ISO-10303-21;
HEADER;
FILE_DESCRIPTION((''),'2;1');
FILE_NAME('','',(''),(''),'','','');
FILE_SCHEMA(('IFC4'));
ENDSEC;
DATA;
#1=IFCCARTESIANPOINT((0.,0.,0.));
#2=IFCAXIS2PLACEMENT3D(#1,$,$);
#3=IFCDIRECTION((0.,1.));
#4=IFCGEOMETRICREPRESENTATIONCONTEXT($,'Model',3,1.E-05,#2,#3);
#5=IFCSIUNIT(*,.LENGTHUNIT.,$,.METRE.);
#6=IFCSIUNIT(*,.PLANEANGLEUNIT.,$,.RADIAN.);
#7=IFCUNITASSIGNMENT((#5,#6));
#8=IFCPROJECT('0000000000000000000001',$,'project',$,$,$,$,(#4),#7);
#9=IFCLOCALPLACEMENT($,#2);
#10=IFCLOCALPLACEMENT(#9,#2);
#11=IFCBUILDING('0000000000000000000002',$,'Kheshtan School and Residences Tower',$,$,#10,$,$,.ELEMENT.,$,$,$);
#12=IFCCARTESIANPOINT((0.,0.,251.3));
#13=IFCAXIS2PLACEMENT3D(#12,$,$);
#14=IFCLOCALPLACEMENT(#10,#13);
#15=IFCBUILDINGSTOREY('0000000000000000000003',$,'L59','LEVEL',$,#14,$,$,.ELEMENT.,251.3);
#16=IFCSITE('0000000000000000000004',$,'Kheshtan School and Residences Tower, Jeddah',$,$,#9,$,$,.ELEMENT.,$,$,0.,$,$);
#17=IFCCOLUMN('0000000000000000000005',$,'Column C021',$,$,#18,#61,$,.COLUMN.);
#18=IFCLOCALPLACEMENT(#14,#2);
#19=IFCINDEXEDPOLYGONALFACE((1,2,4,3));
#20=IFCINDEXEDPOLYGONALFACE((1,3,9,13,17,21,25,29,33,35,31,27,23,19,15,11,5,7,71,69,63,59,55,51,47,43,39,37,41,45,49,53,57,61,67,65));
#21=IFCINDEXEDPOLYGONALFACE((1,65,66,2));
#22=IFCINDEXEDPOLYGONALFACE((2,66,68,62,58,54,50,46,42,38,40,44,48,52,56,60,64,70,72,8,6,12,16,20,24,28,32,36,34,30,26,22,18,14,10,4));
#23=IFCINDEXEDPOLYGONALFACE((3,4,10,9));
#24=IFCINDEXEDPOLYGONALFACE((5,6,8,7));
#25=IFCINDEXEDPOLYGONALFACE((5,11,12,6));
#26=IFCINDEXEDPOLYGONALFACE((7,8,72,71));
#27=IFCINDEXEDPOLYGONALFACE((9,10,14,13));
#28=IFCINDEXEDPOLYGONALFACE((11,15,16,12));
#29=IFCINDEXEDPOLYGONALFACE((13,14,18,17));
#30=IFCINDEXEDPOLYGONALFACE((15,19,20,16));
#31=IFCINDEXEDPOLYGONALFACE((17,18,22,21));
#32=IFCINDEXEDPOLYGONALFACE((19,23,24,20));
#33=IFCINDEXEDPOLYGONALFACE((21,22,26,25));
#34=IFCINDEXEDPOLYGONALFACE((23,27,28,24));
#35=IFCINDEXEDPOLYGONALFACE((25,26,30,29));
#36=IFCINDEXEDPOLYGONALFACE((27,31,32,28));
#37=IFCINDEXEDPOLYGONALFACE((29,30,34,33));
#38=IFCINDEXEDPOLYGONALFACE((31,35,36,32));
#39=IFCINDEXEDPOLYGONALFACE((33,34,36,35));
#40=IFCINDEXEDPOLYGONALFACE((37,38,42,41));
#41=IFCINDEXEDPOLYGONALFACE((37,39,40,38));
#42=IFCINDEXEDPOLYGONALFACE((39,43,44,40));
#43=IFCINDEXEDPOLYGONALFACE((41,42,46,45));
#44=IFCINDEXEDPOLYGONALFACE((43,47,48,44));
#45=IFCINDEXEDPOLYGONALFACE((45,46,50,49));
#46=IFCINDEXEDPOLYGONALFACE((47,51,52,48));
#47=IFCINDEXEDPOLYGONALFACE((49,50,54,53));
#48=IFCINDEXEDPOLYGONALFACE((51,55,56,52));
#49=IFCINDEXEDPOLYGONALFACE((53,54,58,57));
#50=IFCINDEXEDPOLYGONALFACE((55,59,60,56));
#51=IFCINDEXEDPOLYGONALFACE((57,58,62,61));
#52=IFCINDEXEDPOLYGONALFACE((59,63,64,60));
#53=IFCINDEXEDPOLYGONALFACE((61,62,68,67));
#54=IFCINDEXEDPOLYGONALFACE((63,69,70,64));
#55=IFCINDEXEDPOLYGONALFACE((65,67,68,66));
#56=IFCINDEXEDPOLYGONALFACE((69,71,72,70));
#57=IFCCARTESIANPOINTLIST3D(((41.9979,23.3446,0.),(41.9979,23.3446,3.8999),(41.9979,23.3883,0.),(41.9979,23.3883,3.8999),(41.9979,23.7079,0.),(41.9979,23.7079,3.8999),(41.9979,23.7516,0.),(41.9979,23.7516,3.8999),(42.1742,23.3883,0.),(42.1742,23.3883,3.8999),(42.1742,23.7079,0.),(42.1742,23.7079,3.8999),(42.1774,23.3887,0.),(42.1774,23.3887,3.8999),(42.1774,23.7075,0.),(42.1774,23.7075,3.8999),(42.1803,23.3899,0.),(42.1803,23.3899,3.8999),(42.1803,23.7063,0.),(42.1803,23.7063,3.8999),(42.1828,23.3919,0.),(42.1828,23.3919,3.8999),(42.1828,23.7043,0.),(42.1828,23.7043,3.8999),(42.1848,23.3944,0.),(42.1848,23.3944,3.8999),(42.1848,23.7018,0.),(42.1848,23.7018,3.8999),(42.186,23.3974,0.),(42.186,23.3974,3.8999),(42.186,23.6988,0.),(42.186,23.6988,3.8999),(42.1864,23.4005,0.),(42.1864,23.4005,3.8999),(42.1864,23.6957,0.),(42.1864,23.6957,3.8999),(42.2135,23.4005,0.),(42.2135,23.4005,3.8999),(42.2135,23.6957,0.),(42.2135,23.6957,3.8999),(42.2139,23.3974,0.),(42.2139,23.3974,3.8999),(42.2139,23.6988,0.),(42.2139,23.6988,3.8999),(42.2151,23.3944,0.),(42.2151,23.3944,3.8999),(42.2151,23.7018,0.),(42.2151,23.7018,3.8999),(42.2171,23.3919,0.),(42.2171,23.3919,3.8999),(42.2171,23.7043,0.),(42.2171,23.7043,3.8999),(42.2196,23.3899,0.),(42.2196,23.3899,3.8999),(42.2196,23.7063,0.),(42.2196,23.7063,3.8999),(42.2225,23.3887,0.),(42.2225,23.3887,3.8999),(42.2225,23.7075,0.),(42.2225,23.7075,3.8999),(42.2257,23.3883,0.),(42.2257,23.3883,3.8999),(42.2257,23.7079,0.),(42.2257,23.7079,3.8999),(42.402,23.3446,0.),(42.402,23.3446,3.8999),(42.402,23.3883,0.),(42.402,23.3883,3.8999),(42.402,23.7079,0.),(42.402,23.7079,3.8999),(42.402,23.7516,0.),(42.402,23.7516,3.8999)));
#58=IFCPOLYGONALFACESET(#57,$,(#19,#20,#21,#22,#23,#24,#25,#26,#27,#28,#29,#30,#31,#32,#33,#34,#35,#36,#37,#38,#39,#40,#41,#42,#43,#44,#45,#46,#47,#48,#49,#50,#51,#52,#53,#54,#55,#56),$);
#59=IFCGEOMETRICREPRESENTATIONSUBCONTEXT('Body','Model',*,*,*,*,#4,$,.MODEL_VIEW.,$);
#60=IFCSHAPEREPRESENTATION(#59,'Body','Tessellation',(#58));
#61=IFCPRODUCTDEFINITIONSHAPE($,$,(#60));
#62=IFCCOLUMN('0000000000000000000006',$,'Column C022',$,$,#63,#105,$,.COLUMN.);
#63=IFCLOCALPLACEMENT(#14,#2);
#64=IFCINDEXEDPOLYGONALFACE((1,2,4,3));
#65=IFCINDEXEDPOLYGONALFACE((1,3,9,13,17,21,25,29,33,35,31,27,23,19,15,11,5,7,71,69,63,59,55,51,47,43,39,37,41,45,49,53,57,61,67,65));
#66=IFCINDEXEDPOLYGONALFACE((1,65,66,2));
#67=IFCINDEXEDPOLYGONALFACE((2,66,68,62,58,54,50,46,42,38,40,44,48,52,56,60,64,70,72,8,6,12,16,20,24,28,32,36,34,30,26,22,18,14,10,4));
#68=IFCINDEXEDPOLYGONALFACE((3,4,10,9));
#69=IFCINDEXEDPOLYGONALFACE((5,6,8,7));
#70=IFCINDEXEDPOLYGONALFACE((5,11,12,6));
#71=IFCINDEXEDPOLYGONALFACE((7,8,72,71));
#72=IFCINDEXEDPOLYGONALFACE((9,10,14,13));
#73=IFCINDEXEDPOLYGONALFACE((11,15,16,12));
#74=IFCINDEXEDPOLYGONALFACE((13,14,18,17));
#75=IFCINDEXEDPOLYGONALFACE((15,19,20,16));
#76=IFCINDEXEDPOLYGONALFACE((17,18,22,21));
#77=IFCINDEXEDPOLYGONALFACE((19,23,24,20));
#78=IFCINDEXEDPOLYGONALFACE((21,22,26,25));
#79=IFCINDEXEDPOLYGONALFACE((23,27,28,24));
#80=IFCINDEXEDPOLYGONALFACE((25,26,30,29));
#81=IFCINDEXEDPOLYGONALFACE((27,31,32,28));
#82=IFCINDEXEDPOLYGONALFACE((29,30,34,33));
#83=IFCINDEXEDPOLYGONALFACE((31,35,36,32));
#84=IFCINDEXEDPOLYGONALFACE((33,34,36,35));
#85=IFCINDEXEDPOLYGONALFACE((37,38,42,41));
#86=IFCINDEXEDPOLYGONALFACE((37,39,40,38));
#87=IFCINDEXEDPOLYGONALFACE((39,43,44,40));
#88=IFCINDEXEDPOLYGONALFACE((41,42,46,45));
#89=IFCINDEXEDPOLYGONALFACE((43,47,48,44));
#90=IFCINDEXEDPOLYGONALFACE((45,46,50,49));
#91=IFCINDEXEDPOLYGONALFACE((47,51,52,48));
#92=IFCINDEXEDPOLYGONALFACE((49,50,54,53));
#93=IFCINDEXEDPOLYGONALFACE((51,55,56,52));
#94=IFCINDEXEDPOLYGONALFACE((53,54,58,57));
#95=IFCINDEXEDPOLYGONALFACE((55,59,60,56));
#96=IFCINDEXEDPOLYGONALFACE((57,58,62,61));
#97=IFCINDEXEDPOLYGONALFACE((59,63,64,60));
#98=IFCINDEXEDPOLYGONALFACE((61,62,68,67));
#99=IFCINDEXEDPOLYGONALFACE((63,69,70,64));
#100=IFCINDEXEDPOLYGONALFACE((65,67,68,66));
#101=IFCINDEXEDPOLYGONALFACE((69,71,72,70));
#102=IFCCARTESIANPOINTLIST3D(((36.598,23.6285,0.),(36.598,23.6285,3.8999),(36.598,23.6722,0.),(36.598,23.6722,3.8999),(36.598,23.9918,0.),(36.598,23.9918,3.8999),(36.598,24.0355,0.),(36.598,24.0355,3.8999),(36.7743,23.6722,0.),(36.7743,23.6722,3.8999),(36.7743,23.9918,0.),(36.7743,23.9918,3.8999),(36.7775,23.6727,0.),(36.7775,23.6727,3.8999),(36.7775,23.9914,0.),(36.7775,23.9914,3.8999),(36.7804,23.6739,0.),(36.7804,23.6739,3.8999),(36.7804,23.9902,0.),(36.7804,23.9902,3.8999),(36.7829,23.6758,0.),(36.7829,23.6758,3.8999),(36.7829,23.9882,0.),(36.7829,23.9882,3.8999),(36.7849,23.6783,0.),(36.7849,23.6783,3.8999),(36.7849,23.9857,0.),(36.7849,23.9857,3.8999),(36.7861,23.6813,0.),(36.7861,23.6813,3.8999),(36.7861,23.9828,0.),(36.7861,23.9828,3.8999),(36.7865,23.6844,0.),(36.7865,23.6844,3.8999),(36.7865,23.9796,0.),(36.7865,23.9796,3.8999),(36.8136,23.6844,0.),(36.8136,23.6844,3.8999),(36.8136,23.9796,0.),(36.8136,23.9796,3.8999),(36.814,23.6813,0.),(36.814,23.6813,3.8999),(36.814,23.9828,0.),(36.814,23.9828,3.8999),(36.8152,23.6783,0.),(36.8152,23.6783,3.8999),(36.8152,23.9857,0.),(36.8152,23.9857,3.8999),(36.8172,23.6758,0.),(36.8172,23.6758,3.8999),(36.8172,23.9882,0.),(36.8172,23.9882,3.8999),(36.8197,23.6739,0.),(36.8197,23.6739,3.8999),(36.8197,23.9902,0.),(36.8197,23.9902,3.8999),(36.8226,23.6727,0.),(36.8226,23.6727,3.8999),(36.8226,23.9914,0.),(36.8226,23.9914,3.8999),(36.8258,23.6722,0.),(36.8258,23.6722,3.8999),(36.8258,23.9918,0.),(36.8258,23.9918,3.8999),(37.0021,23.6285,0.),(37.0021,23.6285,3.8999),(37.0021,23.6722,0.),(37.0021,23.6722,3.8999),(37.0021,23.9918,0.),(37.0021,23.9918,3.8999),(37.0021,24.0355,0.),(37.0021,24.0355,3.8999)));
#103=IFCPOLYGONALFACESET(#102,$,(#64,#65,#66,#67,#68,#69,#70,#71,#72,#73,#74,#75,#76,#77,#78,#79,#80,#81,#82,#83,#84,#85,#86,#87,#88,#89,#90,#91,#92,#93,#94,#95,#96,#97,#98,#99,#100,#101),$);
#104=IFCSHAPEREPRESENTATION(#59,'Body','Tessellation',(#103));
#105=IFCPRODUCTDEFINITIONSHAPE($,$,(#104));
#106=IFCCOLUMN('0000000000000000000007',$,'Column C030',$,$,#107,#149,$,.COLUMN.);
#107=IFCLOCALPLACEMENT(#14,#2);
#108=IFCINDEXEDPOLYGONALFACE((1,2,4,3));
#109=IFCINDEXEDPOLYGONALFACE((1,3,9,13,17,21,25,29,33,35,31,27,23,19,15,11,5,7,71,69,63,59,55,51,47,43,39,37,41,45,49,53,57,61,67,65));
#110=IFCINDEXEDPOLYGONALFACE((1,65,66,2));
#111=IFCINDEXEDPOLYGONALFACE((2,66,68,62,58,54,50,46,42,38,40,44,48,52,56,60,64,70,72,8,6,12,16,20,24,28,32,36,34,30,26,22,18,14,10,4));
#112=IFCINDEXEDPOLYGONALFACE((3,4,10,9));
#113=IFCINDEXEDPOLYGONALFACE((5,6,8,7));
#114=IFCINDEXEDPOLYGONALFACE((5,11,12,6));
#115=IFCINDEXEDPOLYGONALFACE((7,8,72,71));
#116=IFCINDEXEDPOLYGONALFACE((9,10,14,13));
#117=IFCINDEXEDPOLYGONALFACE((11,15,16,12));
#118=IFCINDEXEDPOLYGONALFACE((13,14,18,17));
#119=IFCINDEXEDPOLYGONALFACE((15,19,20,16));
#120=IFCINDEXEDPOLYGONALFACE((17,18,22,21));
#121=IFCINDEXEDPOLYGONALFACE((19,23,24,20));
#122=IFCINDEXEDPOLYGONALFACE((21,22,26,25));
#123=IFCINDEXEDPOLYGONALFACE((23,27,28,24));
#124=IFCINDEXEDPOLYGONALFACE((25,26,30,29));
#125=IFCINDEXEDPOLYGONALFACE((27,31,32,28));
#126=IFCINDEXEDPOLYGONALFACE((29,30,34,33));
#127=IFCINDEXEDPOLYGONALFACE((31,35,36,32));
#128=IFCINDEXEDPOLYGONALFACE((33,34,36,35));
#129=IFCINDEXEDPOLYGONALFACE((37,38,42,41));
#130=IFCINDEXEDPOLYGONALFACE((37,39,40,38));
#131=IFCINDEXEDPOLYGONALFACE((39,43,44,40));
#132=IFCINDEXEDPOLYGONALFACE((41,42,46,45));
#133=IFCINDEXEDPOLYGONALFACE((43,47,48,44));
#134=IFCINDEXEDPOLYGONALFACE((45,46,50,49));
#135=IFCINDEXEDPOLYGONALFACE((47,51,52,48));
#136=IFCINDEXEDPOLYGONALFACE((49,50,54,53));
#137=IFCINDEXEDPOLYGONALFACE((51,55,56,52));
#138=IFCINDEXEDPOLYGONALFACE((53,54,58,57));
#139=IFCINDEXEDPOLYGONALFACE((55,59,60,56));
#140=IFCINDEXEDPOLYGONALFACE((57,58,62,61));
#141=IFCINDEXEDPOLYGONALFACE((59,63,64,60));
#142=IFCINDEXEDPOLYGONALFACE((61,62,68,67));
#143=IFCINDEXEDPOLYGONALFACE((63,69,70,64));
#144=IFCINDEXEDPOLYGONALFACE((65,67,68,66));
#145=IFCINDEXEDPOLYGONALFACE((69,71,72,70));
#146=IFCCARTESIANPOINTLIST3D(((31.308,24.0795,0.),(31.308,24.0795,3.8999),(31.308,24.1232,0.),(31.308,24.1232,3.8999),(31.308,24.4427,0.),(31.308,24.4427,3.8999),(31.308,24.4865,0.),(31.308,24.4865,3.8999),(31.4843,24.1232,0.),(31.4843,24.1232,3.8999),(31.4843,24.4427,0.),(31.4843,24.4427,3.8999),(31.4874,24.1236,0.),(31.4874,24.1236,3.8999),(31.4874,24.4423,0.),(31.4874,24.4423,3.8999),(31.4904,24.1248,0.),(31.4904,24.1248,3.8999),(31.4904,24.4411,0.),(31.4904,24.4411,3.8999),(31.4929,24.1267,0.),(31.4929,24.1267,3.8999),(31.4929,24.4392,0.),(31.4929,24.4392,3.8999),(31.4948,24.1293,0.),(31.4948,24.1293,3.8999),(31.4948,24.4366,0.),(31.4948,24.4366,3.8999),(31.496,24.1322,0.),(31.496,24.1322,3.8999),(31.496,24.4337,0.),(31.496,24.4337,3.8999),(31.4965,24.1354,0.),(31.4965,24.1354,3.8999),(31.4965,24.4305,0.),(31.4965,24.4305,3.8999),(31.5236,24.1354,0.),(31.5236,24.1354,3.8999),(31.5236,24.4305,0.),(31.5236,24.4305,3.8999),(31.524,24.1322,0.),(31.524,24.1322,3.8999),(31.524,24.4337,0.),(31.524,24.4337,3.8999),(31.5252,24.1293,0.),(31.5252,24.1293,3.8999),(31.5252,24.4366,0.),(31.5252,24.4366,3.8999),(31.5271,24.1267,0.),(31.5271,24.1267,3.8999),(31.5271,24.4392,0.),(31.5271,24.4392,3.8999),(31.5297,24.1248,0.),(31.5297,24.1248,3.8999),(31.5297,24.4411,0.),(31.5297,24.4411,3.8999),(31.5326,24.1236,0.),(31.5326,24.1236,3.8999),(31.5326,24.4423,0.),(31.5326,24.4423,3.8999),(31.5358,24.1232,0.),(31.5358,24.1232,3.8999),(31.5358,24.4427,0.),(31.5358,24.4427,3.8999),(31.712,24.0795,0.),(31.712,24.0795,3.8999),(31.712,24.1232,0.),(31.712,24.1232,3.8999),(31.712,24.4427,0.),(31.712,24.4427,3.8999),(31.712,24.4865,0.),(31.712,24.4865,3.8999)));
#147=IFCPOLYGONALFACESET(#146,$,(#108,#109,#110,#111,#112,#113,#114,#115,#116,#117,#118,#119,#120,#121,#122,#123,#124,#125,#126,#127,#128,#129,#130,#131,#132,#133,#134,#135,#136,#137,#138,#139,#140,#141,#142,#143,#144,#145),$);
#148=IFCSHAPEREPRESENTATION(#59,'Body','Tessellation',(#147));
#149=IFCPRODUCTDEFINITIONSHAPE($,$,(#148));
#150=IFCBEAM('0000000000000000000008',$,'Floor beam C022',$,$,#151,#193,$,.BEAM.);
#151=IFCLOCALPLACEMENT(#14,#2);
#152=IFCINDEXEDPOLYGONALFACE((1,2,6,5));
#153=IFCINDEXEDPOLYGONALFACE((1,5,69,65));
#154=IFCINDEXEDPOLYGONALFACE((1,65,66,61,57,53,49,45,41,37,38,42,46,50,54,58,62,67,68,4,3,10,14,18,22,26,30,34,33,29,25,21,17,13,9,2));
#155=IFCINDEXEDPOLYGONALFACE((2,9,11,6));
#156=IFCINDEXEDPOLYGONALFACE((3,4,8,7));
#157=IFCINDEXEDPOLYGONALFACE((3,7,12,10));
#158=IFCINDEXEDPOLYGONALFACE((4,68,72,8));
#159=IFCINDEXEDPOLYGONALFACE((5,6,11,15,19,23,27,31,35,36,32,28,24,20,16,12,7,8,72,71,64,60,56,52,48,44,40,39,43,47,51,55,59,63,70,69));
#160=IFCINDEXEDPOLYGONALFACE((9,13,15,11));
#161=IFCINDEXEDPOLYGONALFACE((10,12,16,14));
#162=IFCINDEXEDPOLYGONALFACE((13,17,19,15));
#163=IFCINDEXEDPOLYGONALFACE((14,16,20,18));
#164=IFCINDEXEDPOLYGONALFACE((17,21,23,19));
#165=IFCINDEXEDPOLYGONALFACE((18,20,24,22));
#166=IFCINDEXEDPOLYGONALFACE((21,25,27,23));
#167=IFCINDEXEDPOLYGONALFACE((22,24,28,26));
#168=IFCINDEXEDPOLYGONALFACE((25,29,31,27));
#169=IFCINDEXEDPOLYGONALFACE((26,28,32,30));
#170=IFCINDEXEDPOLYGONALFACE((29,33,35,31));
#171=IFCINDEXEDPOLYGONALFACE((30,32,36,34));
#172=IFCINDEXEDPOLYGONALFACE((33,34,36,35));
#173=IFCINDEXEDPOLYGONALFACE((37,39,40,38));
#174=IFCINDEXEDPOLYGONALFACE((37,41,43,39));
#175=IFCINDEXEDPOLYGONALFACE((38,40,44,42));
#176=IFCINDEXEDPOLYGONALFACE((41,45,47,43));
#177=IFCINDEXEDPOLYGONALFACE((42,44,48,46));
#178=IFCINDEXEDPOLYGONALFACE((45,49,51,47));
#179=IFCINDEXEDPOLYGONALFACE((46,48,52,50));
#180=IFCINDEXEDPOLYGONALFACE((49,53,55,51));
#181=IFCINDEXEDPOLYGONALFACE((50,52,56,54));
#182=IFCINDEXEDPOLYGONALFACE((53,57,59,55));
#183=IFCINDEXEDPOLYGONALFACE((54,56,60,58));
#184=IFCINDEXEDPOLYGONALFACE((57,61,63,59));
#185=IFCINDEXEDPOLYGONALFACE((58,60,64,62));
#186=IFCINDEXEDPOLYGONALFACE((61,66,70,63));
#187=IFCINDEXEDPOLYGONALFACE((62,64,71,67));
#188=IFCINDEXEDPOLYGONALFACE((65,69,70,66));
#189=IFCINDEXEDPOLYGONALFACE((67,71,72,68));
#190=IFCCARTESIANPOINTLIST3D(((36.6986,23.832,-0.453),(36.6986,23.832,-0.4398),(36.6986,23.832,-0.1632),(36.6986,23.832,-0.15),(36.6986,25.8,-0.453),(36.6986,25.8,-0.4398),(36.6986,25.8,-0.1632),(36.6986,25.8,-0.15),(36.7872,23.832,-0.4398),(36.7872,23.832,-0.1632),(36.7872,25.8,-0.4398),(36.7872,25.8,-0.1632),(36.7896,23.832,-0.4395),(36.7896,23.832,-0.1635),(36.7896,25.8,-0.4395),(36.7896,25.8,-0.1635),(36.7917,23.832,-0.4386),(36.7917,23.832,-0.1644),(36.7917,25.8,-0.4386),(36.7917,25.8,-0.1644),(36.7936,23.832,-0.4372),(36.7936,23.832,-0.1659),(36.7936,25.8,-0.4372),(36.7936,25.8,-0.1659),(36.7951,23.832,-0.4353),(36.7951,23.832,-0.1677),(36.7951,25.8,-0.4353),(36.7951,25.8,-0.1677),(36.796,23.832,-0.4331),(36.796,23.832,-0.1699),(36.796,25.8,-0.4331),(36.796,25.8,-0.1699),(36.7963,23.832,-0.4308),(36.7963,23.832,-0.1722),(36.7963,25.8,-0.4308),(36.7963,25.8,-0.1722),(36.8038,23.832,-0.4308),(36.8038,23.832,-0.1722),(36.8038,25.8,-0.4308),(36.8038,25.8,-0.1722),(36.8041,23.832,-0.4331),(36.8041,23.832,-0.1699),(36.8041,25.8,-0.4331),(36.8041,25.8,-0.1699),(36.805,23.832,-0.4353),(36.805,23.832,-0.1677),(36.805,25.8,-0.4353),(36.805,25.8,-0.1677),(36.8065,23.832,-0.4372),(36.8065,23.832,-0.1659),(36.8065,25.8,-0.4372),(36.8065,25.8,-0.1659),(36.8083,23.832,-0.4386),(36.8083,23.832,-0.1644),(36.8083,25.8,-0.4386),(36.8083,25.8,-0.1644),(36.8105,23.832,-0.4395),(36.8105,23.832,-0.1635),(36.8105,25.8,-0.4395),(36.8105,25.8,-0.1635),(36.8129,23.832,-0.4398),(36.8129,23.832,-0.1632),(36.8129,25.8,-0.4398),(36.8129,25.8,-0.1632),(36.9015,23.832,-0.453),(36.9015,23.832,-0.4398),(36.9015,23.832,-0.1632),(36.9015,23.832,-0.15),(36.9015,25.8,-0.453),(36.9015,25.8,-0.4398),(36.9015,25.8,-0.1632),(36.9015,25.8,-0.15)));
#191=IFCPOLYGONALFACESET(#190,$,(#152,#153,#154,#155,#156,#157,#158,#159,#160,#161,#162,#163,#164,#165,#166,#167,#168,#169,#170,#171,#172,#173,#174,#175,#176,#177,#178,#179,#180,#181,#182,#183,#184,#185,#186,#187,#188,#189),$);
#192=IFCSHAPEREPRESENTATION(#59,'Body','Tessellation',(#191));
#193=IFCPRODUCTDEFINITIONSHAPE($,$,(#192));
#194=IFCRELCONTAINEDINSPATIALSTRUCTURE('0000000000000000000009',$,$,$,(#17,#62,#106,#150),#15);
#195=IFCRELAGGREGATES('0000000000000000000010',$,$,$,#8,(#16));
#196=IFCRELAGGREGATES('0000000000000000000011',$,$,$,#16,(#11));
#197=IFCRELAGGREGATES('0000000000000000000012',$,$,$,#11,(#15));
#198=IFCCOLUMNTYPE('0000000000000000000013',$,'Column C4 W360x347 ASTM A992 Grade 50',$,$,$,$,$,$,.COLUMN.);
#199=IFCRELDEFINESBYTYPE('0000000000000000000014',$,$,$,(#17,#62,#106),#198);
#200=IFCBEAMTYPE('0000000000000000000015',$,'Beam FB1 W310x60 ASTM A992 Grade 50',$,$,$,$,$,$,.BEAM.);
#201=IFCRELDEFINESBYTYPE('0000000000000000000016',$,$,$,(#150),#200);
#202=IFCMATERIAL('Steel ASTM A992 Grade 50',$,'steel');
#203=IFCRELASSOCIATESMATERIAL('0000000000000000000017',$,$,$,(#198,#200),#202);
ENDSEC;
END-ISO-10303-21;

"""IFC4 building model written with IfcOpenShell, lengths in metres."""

from ifc_helpers import new_model, si_unit, direction, frame, origin, origin_2d, place, context, subcontext, project, spatial, i_section, extrude, material, material_profile, profile_set, type_object, element, save


model = new_model("IFC4")

# Units and contexts
model_context = context("Model", 3, precision=1e-05, world=origin(), true_north=direction((0.0, 1.0)))
body_context = subcontext(model_context, "Body", "Model", "MODEL_VIEW")
ifc_project = project(units=[si_unit("LENGTHUNIT", "METRE"), si_unit("PLANEANGLEUNIT", "RADIAN")], contexts=[model_context])

# Site, building, storey
site_placement = place(None, origin())
site = spatial("IfcSite", under=ifc_project, at=site_placement, Name="Kheshtan School and Residences Tower, Jeddah", CompositionType="ELEMENT", RefElevation=0.0)
building_placement = place(site_placement, origin())
building = spatial("IfcBuilding", under=site, at=building_placement, Name="Kheshtan School and Residences Tower", CompositionType="ELEMENT")
storey_placement = place(building_placement, frame((0.0, 0.0, 251.3)))
storey = spatial("IfcBuildingStorey", under=building, at=storey_placement, Name="L59", Description="LEVEL", CompositionType="ELEMENT", Elevation=251.3)

# Columns
ifc_material_1 = material(Name="Steel ASTM A992 Grade 50", Category="steel")
ifc_material_profile_1 = material_profile(ifc_material_1, i_section(OverallWidth=0.4041, OverallDepth=0.407, WebThickness=0.0271, FlangeThickness=0.0437, FilletRadius=0.0122, at=origin_2d()), Name="W360x347")
ifc_profile_set_1 = profile_set([ifc_material_profile_1], Name="Steel ASTM A992 Grade 50")
column_type = type_object("IfcColumnType", Name="Column C4 W360x347 ASTM A992 Grade 50", PredefinedType="COLUMN", material=ifc_profile_set_1)
for number, where, z_axis, x_axis, name in (
    (1, (42.2, 23.5481, 0.0), (0.0, 0.0, 1.0), (1.0, 0.0, 0.0), "Column C021"),
    (2, (36.8, 23.832, 0.0), (0.0, 0.0, 1.0), (1.0, 0.0, 0.0), "Column C022"),
    (3, (31.51, 24.283, 0.0), (0.0, 0.0, 1.0), (1.0, 0.0, 0.0), "Column C030"),
):
    element("IfcColumn", number, at=place(storey_placement, frame(where, z_axis=z_axis, x_axis=x_axis)), inside=storey, type_object=column_type, Name=name, PredefinedType="COLUMN", context=body_context, shape_type="SweptSolid", body=[
        extrude(i_section(OverallWidth=0.4041, OverallDepth=0.407, WebThickness=0.0271, FlangeThickness=0.0437, FilletRadius=0.0122, at=origin_2d()), origin(), (0.0, 0.0, 1.0), 3.8999),
    ])

# Beam
ifc_material_profile_2 = material_profile(ifc_material_1, i_section(OverallWidth=0.2029, OverallDepth=0.303, WebThickness=0.0076, FlangeThickness=0.0132, FilletRadius=0.009, at=origin_2d()), Name="W310x60")
ifc_profile_set_2 = profile_set([ifc_material_profile_2], Name="Steel ASTM A992 Grade 50")
beam_type_1 = type_object("IfcBeamType", Name="Beam FB1 W310x60 ASTM A992 Grade 50", PredefinedType="BEAM", material=ifc_profile_set_2)
beam_1_placement = place(storey_placement, frame((36.8, 23.832, -0.3015), z_axis=(0.0, 1.0, 0.0), x_axis=(-1.0, 0.0, 0.0)))
element("IfcBeam", 4, at=beam_1_placement, inside=storey, type_object=beam_type_1, Name="Floor beam C022", PredefinedType="BEAM", context=body_context, shape_type="SweptSolid", body=[
    extrude(i_section(OverallWidth=0.2029, OverallDepth=0.303, WebThickness=0.0076, FlangeThickness=0.0132, FilletRadius=0.009, at=origin_2d()), origin(), (0.0, 0.0, 1.0), 1.968),
])

save(model, "model.ifc")
